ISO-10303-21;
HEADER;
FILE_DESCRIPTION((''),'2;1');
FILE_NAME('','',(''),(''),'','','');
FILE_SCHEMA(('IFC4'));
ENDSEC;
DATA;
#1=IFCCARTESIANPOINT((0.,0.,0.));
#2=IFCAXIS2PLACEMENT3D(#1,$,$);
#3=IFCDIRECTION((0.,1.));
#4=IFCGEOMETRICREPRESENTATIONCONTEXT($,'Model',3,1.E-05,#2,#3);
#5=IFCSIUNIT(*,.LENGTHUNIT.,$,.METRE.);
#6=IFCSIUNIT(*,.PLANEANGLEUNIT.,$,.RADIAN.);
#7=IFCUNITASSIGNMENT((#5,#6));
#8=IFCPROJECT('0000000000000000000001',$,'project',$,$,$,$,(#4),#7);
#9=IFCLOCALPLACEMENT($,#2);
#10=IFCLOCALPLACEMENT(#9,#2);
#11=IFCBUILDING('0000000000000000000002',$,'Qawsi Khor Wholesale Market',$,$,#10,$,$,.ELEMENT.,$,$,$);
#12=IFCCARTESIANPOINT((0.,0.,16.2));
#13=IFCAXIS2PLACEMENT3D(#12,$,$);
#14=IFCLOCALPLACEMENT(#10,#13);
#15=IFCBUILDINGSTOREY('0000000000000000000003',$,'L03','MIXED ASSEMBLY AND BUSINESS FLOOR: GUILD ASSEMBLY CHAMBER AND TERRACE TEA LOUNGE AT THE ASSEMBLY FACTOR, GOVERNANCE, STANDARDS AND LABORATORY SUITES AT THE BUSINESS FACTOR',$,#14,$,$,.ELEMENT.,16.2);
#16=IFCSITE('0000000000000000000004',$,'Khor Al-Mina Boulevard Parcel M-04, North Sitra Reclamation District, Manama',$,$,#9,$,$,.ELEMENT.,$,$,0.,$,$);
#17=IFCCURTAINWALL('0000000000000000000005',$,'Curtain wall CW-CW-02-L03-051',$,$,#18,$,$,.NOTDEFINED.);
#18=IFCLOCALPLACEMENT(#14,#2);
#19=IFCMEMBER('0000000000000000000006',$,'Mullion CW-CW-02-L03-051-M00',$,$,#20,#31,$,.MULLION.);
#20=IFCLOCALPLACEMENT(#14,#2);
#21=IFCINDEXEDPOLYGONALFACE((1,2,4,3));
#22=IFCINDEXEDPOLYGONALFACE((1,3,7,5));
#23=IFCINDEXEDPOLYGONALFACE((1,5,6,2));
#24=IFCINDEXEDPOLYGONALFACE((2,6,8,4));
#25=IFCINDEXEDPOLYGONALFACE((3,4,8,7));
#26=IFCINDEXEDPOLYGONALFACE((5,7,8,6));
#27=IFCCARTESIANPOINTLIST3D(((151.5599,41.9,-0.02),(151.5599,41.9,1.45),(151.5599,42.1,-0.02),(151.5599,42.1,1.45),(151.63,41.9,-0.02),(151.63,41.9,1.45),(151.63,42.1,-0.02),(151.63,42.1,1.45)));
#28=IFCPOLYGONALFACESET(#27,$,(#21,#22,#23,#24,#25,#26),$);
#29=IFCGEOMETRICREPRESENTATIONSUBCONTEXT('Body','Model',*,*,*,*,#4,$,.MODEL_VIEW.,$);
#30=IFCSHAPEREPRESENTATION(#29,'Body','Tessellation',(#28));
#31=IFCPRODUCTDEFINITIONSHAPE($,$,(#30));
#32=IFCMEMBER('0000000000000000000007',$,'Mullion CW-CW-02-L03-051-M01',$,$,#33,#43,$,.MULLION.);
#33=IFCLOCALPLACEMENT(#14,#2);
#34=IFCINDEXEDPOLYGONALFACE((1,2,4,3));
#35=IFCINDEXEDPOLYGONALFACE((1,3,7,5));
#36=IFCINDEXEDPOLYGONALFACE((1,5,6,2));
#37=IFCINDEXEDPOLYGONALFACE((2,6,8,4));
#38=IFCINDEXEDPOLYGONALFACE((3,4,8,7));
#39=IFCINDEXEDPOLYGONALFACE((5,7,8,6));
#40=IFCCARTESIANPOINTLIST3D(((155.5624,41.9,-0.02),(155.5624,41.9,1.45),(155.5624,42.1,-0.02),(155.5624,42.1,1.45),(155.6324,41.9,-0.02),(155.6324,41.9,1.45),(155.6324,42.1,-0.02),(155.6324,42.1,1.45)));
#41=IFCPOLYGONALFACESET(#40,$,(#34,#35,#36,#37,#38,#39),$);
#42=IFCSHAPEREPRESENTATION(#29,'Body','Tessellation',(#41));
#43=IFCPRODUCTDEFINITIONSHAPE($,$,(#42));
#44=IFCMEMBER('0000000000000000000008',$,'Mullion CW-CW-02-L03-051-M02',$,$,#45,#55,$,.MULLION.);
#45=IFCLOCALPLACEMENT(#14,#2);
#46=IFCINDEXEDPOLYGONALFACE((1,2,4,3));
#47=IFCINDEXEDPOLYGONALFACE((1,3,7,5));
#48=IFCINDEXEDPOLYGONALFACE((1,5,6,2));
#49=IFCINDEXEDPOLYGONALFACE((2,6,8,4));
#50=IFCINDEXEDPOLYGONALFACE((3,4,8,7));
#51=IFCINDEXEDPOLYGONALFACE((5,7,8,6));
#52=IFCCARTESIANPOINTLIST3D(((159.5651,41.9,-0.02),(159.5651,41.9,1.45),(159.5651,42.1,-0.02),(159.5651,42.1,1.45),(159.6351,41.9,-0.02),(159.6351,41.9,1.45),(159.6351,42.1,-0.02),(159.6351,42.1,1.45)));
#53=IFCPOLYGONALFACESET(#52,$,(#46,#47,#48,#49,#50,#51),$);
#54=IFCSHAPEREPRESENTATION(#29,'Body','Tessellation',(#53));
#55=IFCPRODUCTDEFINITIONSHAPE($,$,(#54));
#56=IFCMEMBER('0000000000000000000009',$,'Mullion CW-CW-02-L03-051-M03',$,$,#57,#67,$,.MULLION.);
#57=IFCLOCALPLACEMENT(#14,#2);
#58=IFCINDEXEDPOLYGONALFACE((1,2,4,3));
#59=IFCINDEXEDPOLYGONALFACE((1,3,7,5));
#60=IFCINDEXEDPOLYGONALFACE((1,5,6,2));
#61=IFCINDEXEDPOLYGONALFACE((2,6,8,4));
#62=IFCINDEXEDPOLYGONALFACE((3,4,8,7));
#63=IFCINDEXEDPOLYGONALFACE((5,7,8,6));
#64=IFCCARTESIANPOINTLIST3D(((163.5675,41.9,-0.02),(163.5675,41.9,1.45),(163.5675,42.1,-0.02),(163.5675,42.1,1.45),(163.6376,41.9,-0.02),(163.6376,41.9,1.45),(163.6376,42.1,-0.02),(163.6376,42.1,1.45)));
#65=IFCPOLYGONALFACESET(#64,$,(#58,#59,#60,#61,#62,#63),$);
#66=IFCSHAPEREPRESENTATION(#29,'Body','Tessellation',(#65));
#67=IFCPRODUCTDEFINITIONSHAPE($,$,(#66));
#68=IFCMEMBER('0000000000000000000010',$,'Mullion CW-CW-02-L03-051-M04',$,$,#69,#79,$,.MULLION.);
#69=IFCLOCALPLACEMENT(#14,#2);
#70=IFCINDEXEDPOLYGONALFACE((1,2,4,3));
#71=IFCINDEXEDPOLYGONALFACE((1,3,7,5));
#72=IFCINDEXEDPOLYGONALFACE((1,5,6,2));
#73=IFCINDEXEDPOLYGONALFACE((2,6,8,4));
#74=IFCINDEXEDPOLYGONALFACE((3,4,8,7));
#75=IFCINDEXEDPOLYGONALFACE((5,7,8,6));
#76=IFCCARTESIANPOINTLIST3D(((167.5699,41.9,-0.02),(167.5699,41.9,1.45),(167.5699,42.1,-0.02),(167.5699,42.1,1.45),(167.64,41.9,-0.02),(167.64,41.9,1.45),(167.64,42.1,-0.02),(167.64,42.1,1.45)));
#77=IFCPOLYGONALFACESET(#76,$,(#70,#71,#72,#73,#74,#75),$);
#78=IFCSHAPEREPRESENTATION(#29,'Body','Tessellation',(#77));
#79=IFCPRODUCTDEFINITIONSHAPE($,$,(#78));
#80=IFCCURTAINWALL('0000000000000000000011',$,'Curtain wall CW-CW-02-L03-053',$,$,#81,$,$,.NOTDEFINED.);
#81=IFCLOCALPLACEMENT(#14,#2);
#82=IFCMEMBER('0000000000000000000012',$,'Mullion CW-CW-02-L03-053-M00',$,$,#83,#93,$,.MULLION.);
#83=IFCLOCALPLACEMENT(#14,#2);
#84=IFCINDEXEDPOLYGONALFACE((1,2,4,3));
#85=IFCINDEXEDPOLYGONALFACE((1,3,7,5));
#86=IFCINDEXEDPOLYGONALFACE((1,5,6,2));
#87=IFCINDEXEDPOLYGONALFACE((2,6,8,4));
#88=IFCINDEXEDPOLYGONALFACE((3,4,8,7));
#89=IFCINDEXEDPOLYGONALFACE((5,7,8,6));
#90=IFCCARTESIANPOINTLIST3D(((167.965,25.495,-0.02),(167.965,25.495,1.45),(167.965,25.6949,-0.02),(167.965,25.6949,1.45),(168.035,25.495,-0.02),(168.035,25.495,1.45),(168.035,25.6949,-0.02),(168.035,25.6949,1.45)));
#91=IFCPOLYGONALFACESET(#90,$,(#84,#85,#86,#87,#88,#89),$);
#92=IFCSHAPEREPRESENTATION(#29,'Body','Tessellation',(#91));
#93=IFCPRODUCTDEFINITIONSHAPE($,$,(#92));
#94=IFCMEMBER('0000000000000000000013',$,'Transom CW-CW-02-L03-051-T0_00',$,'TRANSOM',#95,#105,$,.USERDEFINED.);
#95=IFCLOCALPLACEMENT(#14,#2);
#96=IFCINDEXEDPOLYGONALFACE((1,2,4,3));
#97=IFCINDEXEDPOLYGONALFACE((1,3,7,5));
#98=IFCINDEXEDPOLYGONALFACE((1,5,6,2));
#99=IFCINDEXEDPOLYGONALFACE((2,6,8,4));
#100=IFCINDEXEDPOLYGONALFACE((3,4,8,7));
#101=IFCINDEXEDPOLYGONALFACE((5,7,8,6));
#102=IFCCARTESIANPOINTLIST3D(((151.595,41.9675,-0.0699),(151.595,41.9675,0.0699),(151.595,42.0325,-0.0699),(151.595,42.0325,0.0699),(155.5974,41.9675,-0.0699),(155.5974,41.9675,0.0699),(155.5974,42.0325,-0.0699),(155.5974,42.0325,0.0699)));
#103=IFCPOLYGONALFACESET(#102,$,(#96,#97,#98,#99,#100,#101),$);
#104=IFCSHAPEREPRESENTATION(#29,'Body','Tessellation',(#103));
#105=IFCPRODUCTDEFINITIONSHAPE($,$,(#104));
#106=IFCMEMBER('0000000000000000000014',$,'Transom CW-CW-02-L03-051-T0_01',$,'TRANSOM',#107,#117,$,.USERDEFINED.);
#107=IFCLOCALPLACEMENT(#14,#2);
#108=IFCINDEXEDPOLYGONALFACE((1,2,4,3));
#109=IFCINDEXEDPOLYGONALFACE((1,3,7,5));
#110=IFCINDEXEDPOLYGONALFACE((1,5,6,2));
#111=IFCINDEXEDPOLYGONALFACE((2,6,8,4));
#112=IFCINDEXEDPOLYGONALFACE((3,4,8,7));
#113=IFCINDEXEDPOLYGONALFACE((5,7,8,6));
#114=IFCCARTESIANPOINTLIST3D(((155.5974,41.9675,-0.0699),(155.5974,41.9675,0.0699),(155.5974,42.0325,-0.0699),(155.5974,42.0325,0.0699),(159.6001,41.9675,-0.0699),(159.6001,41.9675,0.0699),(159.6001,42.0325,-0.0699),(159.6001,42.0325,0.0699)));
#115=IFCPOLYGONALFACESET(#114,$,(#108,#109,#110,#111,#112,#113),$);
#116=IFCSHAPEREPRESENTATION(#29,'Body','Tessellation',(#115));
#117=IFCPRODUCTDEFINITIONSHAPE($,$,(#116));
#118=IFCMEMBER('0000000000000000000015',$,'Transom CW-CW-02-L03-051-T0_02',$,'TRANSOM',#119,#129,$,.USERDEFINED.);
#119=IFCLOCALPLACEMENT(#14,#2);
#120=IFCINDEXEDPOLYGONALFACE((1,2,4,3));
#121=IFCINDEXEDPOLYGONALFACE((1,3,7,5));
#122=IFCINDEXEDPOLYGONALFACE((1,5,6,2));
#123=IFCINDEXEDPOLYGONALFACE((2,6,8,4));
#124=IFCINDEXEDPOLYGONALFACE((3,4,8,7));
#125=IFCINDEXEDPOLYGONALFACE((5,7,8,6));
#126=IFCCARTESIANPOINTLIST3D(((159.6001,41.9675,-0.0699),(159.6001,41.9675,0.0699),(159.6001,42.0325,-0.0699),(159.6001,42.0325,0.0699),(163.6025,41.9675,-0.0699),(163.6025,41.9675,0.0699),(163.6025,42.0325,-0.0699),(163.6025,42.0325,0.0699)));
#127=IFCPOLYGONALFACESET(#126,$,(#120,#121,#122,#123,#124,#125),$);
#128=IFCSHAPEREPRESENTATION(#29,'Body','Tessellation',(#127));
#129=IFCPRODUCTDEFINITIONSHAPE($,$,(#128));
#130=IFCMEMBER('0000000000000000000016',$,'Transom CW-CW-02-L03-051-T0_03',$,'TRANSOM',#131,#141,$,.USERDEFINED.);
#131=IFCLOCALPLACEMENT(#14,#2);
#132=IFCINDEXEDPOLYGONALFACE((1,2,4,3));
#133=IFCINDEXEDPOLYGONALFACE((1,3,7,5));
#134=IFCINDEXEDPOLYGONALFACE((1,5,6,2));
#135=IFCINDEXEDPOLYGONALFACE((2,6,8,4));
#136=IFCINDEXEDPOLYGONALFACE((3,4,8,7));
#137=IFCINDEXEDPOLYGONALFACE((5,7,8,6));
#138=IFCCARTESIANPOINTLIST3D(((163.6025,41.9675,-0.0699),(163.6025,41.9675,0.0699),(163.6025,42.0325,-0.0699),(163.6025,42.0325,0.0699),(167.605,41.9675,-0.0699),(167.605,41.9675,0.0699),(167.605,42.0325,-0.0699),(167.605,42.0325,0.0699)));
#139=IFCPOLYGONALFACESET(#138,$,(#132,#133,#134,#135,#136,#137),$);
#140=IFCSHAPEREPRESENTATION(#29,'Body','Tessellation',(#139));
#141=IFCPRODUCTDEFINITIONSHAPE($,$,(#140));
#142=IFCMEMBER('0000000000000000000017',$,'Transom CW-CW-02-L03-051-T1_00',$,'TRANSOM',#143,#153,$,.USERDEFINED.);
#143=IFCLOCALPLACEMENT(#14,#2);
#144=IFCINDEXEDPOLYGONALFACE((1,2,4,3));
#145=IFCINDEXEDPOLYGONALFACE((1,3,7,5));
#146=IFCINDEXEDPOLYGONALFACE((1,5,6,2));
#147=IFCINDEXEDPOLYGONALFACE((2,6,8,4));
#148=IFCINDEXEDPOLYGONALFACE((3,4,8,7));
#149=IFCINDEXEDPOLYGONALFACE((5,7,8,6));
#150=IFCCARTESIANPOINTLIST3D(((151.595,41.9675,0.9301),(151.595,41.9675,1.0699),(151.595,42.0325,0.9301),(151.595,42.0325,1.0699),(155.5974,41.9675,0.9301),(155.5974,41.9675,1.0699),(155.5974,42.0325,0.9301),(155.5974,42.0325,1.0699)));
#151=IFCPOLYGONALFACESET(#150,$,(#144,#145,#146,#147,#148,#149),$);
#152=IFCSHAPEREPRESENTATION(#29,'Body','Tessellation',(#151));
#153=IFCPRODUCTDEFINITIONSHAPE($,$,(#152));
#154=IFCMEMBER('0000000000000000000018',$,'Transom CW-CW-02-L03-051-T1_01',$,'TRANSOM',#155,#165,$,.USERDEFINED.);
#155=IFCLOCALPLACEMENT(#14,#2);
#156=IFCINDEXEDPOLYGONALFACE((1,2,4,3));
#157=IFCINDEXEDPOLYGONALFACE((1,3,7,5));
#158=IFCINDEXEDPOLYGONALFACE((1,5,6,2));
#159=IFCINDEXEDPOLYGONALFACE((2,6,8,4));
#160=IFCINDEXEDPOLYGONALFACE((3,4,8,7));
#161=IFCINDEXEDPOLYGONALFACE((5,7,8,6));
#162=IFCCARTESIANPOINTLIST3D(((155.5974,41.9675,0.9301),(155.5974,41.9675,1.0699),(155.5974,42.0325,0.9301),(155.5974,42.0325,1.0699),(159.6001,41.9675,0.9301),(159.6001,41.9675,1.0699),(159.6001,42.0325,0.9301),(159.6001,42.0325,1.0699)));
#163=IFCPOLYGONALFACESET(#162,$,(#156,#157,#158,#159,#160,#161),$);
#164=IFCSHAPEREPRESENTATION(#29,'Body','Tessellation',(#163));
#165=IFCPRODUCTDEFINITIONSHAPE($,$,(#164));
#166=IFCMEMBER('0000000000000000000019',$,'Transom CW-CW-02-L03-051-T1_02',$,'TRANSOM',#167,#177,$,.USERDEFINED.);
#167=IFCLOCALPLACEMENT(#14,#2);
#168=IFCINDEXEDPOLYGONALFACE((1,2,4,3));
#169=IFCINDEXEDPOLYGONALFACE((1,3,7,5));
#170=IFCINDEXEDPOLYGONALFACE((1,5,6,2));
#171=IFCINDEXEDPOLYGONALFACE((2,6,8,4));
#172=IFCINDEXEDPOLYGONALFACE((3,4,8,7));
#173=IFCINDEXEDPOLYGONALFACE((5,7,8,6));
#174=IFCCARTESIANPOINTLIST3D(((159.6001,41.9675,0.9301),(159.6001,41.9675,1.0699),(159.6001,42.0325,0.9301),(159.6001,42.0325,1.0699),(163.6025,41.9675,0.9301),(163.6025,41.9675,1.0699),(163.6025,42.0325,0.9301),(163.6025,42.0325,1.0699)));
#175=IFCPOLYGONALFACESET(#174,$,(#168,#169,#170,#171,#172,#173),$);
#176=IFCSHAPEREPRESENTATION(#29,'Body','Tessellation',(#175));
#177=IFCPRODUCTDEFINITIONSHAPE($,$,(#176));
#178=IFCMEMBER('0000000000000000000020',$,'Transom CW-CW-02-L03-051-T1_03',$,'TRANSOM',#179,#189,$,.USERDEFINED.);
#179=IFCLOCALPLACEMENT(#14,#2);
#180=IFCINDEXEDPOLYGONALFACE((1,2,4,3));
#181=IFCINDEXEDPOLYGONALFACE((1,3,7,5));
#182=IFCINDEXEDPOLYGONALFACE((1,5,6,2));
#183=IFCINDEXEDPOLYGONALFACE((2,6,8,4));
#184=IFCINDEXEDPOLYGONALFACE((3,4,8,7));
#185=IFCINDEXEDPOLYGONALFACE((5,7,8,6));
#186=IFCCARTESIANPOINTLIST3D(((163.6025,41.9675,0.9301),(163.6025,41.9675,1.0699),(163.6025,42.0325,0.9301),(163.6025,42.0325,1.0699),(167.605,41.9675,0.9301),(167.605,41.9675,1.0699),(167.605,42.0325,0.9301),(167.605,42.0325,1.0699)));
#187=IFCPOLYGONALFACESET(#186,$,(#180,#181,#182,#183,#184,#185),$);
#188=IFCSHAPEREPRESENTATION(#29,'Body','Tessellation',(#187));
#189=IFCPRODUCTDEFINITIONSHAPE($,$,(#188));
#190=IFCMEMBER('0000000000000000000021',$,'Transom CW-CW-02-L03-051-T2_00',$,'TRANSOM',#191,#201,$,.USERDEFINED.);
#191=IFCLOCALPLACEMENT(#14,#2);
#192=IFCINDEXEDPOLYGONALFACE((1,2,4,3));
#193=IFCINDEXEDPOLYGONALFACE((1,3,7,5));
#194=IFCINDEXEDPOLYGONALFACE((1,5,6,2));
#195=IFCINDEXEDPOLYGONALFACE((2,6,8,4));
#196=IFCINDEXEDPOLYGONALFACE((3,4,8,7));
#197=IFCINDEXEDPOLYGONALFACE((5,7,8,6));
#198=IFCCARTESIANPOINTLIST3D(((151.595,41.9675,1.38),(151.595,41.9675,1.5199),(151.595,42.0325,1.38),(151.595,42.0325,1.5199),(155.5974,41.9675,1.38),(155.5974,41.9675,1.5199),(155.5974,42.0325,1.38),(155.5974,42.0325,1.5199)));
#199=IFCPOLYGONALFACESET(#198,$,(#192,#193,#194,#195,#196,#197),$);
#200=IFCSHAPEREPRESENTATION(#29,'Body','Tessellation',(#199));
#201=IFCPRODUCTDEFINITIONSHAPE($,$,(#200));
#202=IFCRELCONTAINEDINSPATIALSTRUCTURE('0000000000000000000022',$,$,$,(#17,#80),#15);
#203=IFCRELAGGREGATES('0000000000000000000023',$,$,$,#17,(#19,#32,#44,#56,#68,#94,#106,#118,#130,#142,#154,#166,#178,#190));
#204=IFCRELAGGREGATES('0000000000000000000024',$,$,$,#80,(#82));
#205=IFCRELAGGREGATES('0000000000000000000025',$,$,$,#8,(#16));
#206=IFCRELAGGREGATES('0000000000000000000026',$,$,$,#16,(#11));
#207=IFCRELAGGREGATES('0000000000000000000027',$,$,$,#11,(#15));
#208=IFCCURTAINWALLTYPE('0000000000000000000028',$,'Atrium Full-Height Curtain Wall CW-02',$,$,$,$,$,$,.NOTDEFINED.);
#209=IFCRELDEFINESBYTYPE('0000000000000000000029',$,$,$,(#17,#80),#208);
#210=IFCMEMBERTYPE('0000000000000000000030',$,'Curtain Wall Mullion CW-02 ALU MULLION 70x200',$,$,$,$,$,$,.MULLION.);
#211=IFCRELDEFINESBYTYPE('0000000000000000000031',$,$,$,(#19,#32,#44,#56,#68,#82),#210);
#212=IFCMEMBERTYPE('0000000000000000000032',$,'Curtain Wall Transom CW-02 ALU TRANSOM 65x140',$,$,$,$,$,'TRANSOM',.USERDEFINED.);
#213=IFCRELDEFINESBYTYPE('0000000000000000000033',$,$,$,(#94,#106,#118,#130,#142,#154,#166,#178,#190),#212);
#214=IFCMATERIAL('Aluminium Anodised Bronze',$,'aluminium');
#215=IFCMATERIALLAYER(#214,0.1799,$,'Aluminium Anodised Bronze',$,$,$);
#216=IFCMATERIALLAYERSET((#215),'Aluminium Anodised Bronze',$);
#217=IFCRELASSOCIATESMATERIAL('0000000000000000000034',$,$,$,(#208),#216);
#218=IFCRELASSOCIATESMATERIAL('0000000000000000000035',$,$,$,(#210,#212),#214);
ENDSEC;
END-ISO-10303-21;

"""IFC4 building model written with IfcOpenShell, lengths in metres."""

from ifc_helpers import new_model, si_unit, direction, frame, origin, origin_2d, place, context, subcontext, project, spatial, rectangle, extrude, material, layer, layer_set, material_profile, profile_set, type_object, element, aggregate, save


model = new_model("IFC4")

# Units and contexts
model_context = context("Model", 3, precision=1e-05, world=origin(), true_north=direction((0.0, 1.0)))
body_context = subcontext(model_context, "Body", "Model", "MODEL_VIEW")
ifc_project = project(units=[si_unit("LENGTHUNIT", "METRE"), si_unit("PLANEANGLEUNIT", "RADIAN")], contexts=[model_context])

# Site, building, storey
site_placement = place(None, origin())
site = spatial("IfcSite", under=ifc_project, at=site_placement, Name="Khor Al-Mina Boulevard Parcel M-04, North Sitra Reclamation District, Manama", CompositionType="ELEMENT", RefElevation=0.0)
building_placement = place(site_placement, origin())
building = spatial("IfcBuilding", under=site, at=building_placement, Name="Qawsi Khor Wholesale Market", CompositionType="ELEMENT")
storey_placement = place(building_placement, frame((0.0, 0.0, 16.2)))
storey = spatial("IfcBuildingStorey", under=building, at=storey_placement, Name="L03", Description="MIXED ASSEMBLY AND BUSINESS FLOOR: GUILD ASSEMBLY CHAMBER AND TERRACE TEA LOUNGE AT THE ASSEMBLY FACTOR, GOVERNANCE, STANDARDS AND LABORATORY SUITES AT THE BUSINESS FACTOR", CompositionType="ELEMENT", Elevation=16.2)

# Curtain wall, members
ifc_material_1 = material(Name="Aluminium Anodised Bronze", Category="aluminium")
ifc_layer_1 = layer(ifc_material_1, 0.1799, Name="Aluminium Anodised Bronze")
ifc_layer_set_1 = layer_set([ifc_layer_1], Name="Aluminium Anodised Bronze")
curtain_wall_type = type_object("IfcCurtainWallType", Name="Atrium Full-Height Curtain Wall CW-02", PredefinedType="NOTDEFINED", material=ifc_layer_set_1)
curtain_wall_1_placement = place(storey_placement, origin())
curtain_wall_1 = element("IfcCurtainWall", 1, at=curtain_wall_1_placement, inside=storey, type_object=curtain_wall_type, Name="Curtain wall CW-CW-02-L03-051", PredefinedType="NOTDEFINED")
ifc_material_profile_1 = material_profile(ifc_material_1, rectangle(XDim=0.0701, YDim=0.2, at=origin_2d()), Name="ALU MULLION 70x200")
ifc_profile_set_1 = profile_set([ifc_material_profile_1], Name="Aluminium Anodised Bronze")
member_type_1 = type_object("IfcMemberType", Name="Curtain Wall Mullion CW-02 ALU MULLION 70x200", PredefinedType="MULLION", material=ifc_profile_set_1)
member_1_placement = place(storey_placement, frame((151.595, 42.0, -0.02), z_axis=(0.0, 0.0, 1.0), x_axis=(1.0, 0.0, 0.0)))
member_1 = element("IfcMember", 2, at=member_1_placement, type_object=member_type_1, Name="Mullion CW-CW-02-L03-051-M00", PredefinedType="MULLION", context=body_context, shape_type="SweptSolid", body=[
    extrude(rectangle(XDim=0.0701, YDim=0.2, at=origin_2d()), origin(), (0.0, 0.0, 1.0), 1.47),
])
member_2_placement = place(storey_placement, frame((155.5974, 42.0, -0.02), z_axis=(0.0, 0.0, 1.0), x_axis=(1.0, 0.0, 0.0)))
member_2 = element("IfcMember", 3, at=member_2_placement, type_object=member_type_1, Name="Mullion CW-CW-02-L03-051-M01", PredefinedType="MULLION", context=body_context, shape_type="SweptSolid", body=[
    extrude(rectangle(XDim=0.0701, YDim=0.2, at=origin_2d()), origin(), (0.0, 0.0, 1.0), 1.47),
])
member_3_placement = place(storey_placement, frame((159.6001, 42.0, -0.02), z_axis=(0.0, 0.0, 1.0), x_axis=(1.0, 0.0, 0.0)))
member_3 = element("IfcMember", 4, at=member_3_placement, type_object=member_type_1, Name="Mullion CW-CW-02-L03-051-M02", PredefinedType="MULLION", context=body_context, shape_type="SweptSolid", body=[
    extrude(rectangle(XDim=0.0701, YDim=0.2, at=origin_2d()), origin(), (0.0, 0.0, 1.0), 1.47),
])
member_4_placement = place(storey_placement, frame((163.6025, 42.0, -0.02), z_axis=(0.0, 0.0, 1.0), x_axis=(1.0, 0.0, 0.0)))
member_4 = element("IfcMember", 5, at=member_4_placement, type_object=member_type_1, Name="Mullion CW-CW-02-L03-051-M03", PredefinedType="MULLION", context=body_context, shape_type="SweptSolid", body=[
    extrude(rectangle(XDim=0.0701, YDim=0.2, at=origin_2d()), origin(), (0.0, 0.0, 1.0), 1.47),
])
member_5_placement = place(storey_placement, frame((167.605, 42.0, -0.02), z_axis=(0.0, 0.0, 1.0), x_axis=(1.0, 0.0, 0.0)))
member_5 = element("IfcMember", 6, at=member_5_placement, type_object=member_type_1, Name="Mullion CW-CW-02-L03-051-M04", PredefinedType="MULLION", context=body_context, shape_type="SweptSolid", body=[
    extrude(rectangle(XDim=0.0701, YDim=0.2, at=origin_2d()), origin(), (0.0, 0.0, 1.0), 1.47),
])

# Curtain wall, member
curtain_wall_2_placement = place(storey_placement, origin())
curtain_wall_2 = element("IfcCurtainWall", 7, at=curtain_wall_2_placement, inside=storey, type_object=curtain_wall_type, Name="Curtain wall CW-CW-02-L03-053", PredefinedType="NOTDEFINED")
member_6_placement = place(storey_placement, frame((168.0, 25.595, -0.02), z_axis=(0.0, 0.0, 1.0), x_axis=(1.0, 0.0, 0.0)))
member_6 = element("IfcMember", 8, at=member_6_placement, type_object=member_type_1, Name="Mullion CW-CW-02-L03-053-M00", PredefinedType="MULLION", context=body_context, shape_type="SweptSolid", body=[
    extrude(rectangle(XDim=0.0701, YDim=0.2, at=origin_2d()), origin(), (0.0, 0.0, 1.0), 1.47),
])

# Members
ifc_material_profile_2 = material_profile(ifc_material_1, rectangle(XDim=0.0649, YDim=0.1399, at=origin_2d()), Name="ALU TRANSOM 65x140")
ifc_profile_set_2 = profile_set([ifc_material_profile_2], Name="Aluminium Anodised Bronze")
member_type_2 = type_object("IfcMemberType", Name="Curtain Wall Transom CW-02 ALU TRANSOM 65x140", ElementType="TRANSOM", PredefinedType="USERDEFINED", material=ifc_profile_set_2)
member_7_placement = place(storey_placement, frame((151.595, 42.0, 0.0), z_axis=(1.0, 0.0, 0.0), x_axis=(0.0, 1.0, 0.0)))
member_7 = element("IfcMember", 9, at=member_7_placement, type_object=member_type_2, Name="Transom CW-CW-02-L03-051-T0_00", ObjectType="TRANSOM", PredefinedType="USERDEFINED", context=body_context, shape_type="SweptSolid", body=[
    extrude(rectangle(XDim=0.0649, YDim=0.1399, at=origin_2d()), origin(), (0.0, 0.0, 1.0), 4.0024),
])
member_8_placement = place(storey_placement, frame((155.5974, 42.0, 0.0), z_axis=(1.0, 0.0, 0.0), x_axis=(0.0, 1.0, 0.0)))
member_8 = element("IfcMember", 10, at=member_8_placement, type_object=member_type_2, Name="Transom CW-CW-02-L03-051-T0_01", ObjectType="TRANSOM", PredefinedType="USERDEFINED", context=body_context, shape_type="SweptSolid", body=[
    extrude(rectangle(XDim=0.0649, YDim=0.1399, at=origin_2d()), origin(), (0.0, 0.0, 1.0), 4.0027),
])
member_9_placement = place(storey_placement, frame((159.6001, 42.0, 0.0), z_axis=(1.0, 0.0, 0.0), x_axis=(0.0, 1.0, 0.0)))
member_9 = element("IfcMember", 11, at=member_9_placement, type_object=member_type_2, Name="Transom CW-CW-02-L03-051-T0_02", ObjectType="TRANSOM", PredefinedType="USERDEFINED", context=body_context, shape_type="SweptSolid", body=[
    extrude(rectangle(XDim=0.0649, YDim=0.1399, at=origin_2d()), origin(), (0.0, 0.0, 1.0), 4.0024),
])
member_10_placement = place(storey_placement, frame((163.6025, 42.0, 0.0), z_axis=(1.0, 0.0, 0.0), x_axis=(0.0, 1.0, 0.0)))
member_10 = element("IfcMember", 12, at=member_10_placement, type_object=member_type_2, Name="Transom CW-CW-02-L03-051-T0_03", ObjectType="TRANSOM", PredefinedType="USERDEFINED", context=body_context, shape_type="SweptSolid", body=[
    extrude(rectangle(XDim=0.0649, YDim=0.1399, at=origin_2d()), origin(), (0.0, 0.0, 1.0), 4.0024),
])
member_11_placement = place(storey_placement, frame((151.595, 42.0, 1.0), z_axis=(1.0, 0.0, 0.0), x_axis=(0.0, 1.0, 0.0)))
member_11 = element("IfcMember", 13, at=member_11_placement, type_object=member_type_2, Name="Transom CW-CW-02-L03-051-T1_00", ObjectType="TRANSOM", PredefinedType="USERDEFINED", context=body_context, shape_type="SweptSolid", body=[
    extrude(rectangle(XDim=0.0649, YDim=0.1399, at=origin_2d()), origin(), (0.0, 0.0, 1.0), 4.0024),
])
member_12_placement = place(storey_placement, frame((155.5974, 42.0, 1.0), z_axis=(1.0, 0.0, 0.0), x_axis=(0.0, 1.0, 0.0)))
member_12 = element("IfcMember", 14, at=member_12_placement, type_object=member_type_2, Name="Transom CW-CW-02-L03-051-T1_01", ObjectType="TRANSOM", PredefinedType="USERDEFINED", context=body_context, shape_type="SweptSolid", body=[
    extrude(rectangle(XDim=0.0649, YDim=0.1399, at=origin_2d()), origin(), (0.0, 0.0, 1.0), 4.0027),
])
member_13_placement = place(storey_placement, frame((159.6001, 42.0, 1.0), z_axis=(1.0, 0.0, 0.0), x_axis=(0.0, 1.0, 0.0)))
member_13 = element("IfcMember", 15, at=member_13_placement, type_object=member_type_2, Name="Transom CW-CW-02-L03-051-T1_02", ObjectType="TRANSOM", PredefinedType="USERDEFINED", context=body_context, shape_type="SweptSolid", body=[
    extrude(rectangle(XDim=0.0649, YDim=0.1399, at=origin_2d()), origin(), (0.0, 0.0, 1.0), 4.0024),
])
member_14_placement = place(storey_placement, frame((163.6025, 42.0, 1.0), z_axis=(1.0, 0.0, 0.0), x_axis=(0.0, 1.0, 0.0)))
member_14 = element("IfcMember", 16, at=member_14_placement, type_object=member_type_2, Name="Transom CW-CW-02-L03-051-T1_03", ObjectType="TRANSOM", PredefinedType="USERDEFINED", context=body_context, shape_type="SweptSolid", body=[
    extrude(rectangle(XDim=0.0649, YDim=0.1399, at=origin_2d()), origin(), (0.0, 0.0, 1.0), 4.0024),
])
member_15_placement = place(storey_placement, frame((151.595, 42.0, 1.45), z_axis=(1.0, 0.0, 0.0), x_axis=(0.0, 1.0, 0.0)))
member_15 = element("IfcMember", 17, at=member_15_placement, type_object=member_type_2, Name="Transom CW-CW-02-L03-051-T2_00", ObjectType="TRANSOM", PredefinedType="USERDEFINED", context=body_context, shape_type="SweptSolid", body=[
    extrude(rectangle(XDim=0.0649, YDim=0.1399, at=origin_2d()), origin(), (0.0, 0.0, 1.0), 4.0024),
])

aggregate(curtain_wall_1, [member_1, member_2, member_3, member_4, member_5, member_7, member_8, member_9, member_10, member_11, member_12, member_13, member_14, member_15])
aggregate(curtain_wall_2, [member_6])

save(model, "model.ifc")
